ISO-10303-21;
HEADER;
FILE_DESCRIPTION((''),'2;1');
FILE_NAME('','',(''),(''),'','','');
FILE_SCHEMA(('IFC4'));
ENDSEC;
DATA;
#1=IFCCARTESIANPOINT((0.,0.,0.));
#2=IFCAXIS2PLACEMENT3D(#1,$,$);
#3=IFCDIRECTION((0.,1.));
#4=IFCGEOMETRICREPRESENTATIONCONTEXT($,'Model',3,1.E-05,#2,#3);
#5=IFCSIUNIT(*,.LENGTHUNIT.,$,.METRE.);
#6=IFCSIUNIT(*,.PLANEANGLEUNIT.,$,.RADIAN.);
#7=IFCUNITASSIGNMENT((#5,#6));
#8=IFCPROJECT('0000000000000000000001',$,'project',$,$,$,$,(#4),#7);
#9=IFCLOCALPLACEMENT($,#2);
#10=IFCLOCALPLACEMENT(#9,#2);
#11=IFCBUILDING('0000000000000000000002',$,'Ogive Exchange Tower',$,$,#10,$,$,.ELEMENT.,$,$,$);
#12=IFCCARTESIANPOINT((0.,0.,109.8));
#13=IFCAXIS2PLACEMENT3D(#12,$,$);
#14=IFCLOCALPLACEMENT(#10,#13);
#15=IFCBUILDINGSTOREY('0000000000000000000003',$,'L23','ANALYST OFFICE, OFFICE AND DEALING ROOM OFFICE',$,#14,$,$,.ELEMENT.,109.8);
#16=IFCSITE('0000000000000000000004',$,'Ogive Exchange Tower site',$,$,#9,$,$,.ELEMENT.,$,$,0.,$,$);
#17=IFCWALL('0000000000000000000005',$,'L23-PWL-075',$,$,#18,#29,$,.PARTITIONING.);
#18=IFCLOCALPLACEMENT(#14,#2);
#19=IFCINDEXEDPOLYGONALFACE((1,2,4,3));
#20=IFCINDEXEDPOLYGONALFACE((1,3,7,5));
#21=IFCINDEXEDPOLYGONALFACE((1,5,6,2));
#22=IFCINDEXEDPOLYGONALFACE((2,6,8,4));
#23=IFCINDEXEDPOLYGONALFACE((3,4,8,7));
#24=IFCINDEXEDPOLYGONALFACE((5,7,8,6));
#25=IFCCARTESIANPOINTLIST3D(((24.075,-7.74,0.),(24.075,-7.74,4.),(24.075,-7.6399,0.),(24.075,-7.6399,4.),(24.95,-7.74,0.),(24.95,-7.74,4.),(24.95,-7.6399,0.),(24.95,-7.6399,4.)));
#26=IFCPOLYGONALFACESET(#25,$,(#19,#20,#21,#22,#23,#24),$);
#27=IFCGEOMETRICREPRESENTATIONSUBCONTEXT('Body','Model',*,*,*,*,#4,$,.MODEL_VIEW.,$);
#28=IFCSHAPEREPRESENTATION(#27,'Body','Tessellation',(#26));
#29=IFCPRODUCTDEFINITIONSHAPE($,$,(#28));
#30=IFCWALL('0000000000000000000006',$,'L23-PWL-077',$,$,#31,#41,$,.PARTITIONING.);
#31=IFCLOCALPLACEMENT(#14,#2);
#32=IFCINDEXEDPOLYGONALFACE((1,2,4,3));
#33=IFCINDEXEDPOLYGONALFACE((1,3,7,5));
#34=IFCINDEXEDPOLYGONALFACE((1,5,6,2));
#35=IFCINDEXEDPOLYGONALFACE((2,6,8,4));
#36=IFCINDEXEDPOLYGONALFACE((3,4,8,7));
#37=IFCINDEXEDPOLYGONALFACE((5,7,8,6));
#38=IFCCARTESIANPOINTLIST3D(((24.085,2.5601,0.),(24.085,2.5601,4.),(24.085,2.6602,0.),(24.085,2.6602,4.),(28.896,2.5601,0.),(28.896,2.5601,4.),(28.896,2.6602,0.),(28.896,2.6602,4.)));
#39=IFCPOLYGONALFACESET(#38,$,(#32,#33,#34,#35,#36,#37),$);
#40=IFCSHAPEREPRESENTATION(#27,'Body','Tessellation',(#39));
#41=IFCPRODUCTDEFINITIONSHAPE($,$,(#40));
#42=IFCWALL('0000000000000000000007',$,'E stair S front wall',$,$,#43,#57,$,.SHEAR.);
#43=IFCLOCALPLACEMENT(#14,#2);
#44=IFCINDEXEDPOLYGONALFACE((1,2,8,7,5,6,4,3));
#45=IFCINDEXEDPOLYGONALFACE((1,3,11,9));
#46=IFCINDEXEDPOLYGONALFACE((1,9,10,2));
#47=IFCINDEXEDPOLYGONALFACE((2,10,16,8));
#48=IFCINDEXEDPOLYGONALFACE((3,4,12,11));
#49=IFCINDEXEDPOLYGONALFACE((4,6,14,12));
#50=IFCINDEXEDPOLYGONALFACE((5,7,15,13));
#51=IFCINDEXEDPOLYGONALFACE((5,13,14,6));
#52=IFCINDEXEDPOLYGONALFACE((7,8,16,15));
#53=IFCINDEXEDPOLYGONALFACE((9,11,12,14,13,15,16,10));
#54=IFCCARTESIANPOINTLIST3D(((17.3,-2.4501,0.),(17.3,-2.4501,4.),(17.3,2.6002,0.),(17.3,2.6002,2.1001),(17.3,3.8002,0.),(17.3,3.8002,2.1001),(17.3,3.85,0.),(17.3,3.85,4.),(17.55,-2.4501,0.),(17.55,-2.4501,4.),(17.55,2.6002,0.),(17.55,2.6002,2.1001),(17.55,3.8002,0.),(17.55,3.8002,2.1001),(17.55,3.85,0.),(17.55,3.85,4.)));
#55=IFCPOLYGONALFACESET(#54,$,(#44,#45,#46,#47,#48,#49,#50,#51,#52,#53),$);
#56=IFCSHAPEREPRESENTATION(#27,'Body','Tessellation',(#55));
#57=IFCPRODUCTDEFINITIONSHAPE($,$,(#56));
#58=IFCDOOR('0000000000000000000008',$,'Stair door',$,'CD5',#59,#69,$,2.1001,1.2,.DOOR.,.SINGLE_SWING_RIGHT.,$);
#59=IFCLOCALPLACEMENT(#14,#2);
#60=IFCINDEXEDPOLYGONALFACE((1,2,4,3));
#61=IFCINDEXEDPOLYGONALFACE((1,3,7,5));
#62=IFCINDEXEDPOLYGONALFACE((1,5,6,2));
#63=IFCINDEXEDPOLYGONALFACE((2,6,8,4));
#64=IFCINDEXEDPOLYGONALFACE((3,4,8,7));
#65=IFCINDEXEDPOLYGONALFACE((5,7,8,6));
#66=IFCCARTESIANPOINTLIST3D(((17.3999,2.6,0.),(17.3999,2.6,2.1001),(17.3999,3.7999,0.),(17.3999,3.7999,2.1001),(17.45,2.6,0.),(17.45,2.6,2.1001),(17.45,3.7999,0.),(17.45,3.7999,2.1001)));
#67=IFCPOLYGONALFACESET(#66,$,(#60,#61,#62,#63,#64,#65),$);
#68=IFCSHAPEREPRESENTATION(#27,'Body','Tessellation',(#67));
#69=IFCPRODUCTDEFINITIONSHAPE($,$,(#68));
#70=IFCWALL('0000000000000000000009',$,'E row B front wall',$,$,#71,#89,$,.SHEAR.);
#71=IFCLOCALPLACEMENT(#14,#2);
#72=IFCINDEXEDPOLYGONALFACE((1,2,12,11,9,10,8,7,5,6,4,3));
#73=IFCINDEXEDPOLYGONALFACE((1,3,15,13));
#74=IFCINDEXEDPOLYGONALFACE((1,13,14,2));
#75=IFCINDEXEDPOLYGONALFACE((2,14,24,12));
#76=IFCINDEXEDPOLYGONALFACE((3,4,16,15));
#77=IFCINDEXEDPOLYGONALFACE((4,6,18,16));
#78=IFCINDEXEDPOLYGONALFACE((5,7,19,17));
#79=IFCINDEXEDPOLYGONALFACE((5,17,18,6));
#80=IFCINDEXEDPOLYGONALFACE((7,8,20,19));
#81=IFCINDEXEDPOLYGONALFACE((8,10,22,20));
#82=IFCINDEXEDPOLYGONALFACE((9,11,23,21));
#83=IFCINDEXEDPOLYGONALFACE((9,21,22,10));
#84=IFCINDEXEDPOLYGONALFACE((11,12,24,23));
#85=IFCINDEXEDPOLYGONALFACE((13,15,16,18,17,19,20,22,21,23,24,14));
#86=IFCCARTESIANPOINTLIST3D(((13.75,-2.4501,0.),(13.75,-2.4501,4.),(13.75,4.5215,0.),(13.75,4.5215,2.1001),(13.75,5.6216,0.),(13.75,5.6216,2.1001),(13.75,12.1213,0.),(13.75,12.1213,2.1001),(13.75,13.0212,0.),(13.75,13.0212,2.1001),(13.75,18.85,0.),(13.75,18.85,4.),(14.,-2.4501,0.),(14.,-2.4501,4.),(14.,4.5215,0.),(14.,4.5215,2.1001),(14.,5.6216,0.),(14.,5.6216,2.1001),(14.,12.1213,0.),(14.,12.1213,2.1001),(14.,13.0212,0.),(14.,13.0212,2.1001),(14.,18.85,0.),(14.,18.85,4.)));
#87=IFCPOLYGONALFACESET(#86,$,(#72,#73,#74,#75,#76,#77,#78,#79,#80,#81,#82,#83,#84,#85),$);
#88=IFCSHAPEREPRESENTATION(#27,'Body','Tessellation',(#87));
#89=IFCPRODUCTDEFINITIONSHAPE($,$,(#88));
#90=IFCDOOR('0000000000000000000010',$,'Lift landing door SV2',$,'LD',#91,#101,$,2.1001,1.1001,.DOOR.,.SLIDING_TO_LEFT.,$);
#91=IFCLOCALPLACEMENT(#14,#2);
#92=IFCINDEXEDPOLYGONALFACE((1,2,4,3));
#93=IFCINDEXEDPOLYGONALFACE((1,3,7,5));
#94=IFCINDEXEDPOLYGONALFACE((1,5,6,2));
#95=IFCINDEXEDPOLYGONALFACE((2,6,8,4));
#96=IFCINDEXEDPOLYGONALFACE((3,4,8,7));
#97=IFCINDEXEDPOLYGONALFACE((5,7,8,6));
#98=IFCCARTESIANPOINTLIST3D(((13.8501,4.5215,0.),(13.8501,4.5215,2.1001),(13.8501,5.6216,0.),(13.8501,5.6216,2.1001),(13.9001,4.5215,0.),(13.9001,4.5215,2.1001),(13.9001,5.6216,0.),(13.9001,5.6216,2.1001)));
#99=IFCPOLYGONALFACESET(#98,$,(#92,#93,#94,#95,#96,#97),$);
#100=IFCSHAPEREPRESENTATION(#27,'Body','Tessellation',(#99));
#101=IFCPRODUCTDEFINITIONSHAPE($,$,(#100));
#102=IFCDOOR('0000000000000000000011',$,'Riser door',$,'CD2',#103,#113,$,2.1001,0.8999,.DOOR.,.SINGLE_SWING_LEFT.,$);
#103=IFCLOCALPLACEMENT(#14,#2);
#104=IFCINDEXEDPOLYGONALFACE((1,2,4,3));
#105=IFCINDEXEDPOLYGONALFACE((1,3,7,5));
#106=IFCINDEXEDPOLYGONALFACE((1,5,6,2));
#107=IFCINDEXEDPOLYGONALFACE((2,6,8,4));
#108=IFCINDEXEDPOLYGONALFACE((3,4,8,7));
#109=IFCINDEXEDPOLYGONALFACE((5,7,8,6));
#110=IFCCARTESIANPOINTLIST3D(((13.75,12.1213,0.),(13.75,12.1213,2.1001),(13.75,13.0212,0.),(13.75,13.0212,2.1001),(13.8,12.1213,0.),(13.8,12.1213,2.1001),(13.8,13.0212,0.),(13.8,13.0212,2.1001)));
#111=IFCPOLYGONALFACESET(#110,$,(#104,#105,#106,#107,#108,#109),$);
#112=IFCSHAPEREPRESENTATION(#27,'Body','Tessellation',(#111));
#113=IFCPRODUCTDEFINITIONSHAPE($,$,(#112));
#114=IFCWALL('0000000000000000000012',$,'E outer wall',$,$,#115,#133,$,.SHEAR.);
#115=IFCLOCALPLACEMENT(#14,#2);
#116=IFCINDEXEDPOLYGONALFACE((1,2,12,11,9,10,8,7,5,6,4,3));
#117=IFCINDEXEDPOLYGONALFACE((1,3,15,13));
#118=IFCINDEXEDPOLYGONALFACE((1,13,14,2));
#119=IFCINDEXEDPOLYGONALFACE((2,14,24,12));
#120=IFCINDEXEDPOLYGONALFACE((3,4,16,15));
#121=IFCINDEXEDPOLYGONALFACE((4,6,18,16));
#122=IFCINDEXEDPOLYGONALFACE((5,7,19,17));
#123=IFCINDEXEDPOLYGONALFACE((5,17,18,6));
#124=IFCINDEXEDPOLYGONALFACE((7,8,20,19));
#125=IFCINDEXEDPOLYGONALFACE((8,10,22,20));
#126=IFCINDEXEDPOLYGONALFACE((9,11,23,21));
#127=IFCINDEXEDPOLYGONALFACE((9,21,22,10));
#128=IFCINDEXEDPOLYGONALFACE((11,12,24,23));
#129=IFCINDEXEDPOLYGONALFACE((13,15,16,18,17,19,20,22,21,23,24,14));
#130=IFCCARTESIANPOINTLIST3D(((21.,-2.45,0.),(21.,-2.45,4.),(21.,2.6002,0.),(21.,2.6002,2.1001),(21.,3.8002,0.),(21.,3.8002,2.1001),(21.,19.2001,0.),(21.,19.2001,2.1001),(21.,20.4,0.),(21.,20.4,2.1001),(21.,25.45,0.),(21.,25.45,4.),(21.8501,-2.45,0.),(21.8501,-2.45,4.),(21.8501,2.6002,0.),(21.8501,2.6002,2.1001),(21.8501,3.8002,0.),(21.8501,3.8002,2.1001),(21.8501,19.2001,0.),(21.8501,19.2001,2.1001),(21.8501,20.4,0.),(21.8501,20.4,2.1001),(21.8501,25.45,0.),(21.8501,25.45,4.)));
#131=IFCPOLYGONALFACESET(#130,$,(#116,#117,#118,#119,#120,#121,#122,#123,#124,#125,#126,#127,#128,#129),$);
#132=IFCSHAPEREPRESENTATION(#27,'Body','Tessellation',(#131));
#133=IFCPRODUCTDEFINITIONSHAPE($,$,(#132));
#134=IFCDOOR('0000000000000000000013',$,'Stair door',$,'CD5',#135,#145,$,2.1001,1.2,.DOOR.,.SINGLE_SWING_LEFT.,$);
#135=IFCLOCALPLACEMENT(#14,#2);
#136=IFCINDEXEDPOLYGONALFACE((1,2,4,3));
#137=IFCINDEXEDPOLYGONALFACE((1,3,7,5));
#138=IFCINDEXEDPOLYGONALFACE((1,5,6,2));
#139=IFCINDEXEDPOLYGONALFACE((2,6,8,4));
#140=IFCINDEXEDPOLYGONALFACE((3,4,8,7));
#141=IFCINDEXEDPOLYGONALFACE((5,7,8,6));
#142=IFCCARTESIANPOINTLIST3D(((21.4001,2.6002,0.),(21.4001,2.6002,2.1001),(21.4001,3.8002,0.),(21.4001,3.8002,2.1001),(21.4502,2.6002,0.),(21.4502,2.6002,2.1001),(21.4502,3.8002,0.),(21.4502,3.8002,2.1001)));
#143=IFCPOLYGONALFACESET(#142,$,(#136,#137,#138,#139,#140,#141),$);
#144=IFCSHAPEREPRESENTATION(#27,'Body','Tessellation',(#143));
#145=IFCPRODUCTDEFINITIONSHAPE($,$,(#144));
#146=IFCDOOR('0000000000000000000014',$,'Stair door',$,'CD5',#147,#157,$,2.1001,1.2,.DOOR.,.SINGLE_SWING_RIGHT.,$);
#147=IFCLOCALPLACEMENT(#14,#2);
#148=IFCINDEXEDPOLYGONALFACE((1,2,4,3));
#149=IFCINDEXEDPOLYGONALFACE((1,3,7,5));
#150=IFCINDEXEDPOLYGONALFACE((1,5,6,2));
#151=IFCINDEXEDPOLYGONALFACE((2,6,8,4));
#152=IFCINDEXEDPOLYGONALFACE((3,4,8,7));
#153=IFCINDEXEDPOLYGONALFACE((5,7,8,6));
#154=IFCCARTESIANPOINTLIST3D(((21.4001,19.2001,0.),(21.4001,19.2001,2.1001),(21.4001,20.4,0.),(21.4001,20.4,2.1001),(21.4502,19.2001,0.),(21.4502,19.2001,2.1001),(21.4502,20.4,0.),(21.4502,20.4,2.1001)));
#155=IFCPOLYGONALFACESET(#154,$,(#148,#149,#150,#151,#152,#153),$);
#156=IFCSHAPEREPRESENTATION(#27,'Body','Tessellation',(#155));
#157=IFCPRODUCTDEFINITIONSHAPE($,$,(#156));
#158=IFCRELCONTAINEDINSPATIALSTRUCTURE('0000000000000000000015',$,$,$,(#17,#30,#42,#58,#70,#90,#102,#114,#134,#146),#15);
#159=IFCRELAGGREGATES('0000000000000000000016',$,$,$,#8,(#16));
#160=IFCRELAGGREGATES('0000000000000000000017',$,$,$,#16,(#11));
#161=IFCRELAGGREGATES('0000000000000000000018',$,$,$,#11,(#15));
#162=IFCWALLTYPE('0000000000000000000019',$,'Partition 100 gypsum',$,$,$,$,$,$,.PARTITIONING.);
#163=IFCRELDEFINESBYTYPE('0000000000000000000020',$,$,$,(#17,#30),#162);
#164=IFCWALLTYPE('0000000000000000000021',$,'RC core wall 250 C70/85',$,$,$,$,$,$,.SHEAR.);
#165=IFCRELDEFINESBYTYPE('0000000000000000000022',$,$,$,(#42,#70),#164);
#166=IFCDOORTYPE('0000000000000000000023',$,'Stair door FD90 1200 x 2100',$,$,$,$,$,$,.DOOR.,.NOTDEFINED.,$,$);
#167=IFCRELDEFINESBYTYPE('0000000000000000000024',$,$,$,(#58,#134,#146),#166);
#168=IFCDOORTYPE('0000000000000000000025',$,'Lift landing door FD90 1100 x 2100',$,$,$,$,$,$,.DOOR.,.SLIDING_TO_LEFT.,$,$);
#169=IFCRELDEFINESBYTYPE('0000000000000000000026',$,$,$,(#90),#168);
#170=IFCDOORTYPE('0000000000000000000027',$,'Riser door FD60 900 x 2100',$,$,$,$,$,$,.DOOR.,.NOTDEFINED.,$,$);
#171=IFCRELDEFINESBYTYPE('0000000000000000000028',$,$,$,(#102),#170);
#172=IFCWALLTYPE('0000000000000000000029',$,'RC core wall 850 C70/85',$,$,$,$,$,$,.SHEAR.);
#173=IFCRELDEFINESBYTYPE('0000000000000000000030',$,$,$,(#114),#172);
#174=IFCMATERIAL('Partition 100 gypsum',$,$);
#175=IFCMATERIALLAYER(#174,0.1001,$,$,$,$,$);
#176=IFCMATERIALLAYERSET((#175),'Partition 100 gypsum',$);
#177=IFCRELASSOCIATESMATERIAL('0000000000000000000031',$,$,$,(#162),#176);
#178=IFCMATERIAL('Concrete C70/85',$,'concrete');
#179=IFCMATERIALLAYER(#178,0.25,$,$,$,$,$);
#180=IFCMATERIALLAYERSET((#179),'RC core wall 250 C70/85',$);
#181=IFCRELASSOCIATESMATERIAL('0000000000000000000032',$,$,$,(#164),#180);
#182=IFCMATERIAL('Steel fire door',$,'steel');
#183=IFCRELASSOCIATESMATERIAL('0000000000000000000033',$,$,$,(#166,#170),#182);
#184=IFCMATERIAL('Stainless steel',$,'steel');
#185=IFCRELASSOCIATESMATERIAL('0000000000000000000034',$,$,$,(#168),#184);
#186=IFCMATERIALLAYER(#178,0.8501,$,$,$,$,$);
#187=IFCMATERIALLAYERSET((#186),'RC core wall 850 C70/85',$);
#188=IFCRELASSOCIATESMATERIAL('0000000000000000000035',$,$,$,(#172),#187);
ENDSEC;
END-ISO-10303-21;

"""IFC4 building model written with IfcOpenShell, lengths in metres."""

from ifc_helpers import new_model, si_unit, direction, frame, frame_2d, origin, place, context, subcontext, project, spatial, rectangle, extrude, material, layer, layer_set, type_object, element, fill, save


model = new_model("IFC4")

# Units and contexts
model_context = context("Model", 3, precision=1e-05, world=origin(), true_north=direction((0.0, 1.0)))
body_context = subcontext(model_context, "Body", "Model", "MODEL_VIEW")
ifc_project = project(units=[si_unit("LENGTHUNIT", "METRE"), si_unit("PLANEANGLEUNIT", "RADIAN")], contexts=[model_context])

# Site, building, storey
site_placement = place(None, origin())
site = spatial("IfcSite", under=ifc_project, at=site_placement, Name="Ogive Exchange Tower site", CompositionType="ELEMENT", RefElevation=0.0)
building_placement = place(site_placement, origin())
building = spatial("IfcBuilding", under=site, at=building_placement, Name="Ogive Exchange Tower", CompositionType="ELEMENT")
storey_placement = place(building_placement, frame((0.0, 0.0, 109.8)))
storey = spatial("IfcBuildingStorey", under=building, at=storey_placement, Name="L23", Description="ANALYST OFFICE, OFFICE AND DEALING ROOM OFFICE", CompositionType="ELEMENT", Elevation=109.8)

# Walls
ifc_material_1 = material(Name="Partition 100 gypsum")
ifc_layer_1 = layer(ifc_material_1, 0.1001)
ifc_layer_set_1 = layer_set([ifc_layer_1], Name="Partition 100 gypsum")
wall_type_1 = type_object("IfcWallType", Name="Partition 100 gypsum", PredefinedType="PARTITIONING", material=ifc_layer_set_1)
wall_1_placement = place(storey_placement, frame((24.95, -7.6899, 0.0), z_axis=(0.0, 0.0, 1.0), x_axis=(-1.0, 0.0, 0.0)))
element("IfcWall", 1, at=wall_1_placement, inside=storey, type_object=wall_type_1, Name="L23-PWL-075", PredefinedType="PARTITIONING", context=body_context, shape_type="SweptSolid", body=[
    extrude(rectangle(XDim=0.875, YDim=0.1001, at=frame_2d((0.4375, 0.0))), origin(), (0.0, 0.0, 1.0), 4.0),
])
wall_2_placement = place(storey_placement, frame((28.896, 2.6101, 0.0), z_axis=(0.0, 0.0, 1.0), x_axis=(-1.0, 0.0, 0.0)))
element("IfcWall", 2, at=wall_2_placement, inside=storey, type_object=wall_type_1, Name="L23-PWL-077", PredefinedType="PARTITIONING", context=body_context, shape_type="SweptSolid", body=[
    extrude(rectangle(XDim=4.811, YDim=0.1001, at=frame_2d((2.4055, 0.0))), origin(), (0.0, 0.0, 1.0), 4.0),
])

# Wall, opening, door
ifc_material_2 = material(Name="Concrete C70/85", Category="concrete")
ifc_layer_2 = layer(ifc_material_2, 0.25)
ifc_layer_set_2 = layer_set([ifc_layer_2], Name="RC core wall 250 C70/85")
wall_type_2 = type_object("IfcWallType", Name="RC core wall 250 C70/85", PredefinedType="SHEAR", material=ifc_layer_set_2)
wall_3_placement = place(storey_placement, frame((17.425, -2.45, 0.0), z_axis=(0.0, 0.0, 1.0), x_axis=(0.0, 1.0, 0.0)))
wall_3 = element("IfcWall", 3, at=wall_3_placement, inside=storey, type_object=wall_type_2, Name="E stair S front wall", PredefinedType="SHEAR", context=body_context, shape_type="SweptSolid", body=[
    extrude(rectangle(XDim=6.3, YDim=0.25, at=frame_2d((3.1499, 0.0))), origin(), (0.0, 0.0, 1.0), 4.0),
])
opening_1_placement = place(wall_3_placement, frame((5.05, 0.0, 0.0)))
opening_1 = element("IfcOpeningElement", 4, at=opening_1_placement, cuts=wall_3, PredefinedType="OPENING", context=body_context, shape_type="SweptSolid", body=[
    extrude(rectangle(XDim=1.2, YDim=2.1001, at=frame_2d((0.6001, 1.05))), frame((0.0, 0.135, 0.0), z_axis=(0.0, -1.0, 0.0), x_axis=(1.0, 0.0, 0.0)), (0.0, 0.0, 1.0), 0.27),
])
ifc_material_3 = material(Name="Steel fire door", Category="steel")
door_type_1 = type_object("IfcDoorType", Name="Stair door FD90 1200 x 2100", OperationType="NOTDEFINED", PredefinedType="DOOR", material=ifc_material_3)
door_1_placement = place(opening_1_placement, frame((1.2, 0.0, 0.0), z_axis=(0.0, 0.0, 1.0), x_axis=(-1.0, 0.0, 0.0)))
door_1 = element("IfcDoor", 5, at=door_1_placement, inside=storey, type_object=door_type_1, Name="Stair door", ObjectType="CD5", OperationType="SINGLE_SWING_RIGHT", OverallHeight=2.1001, OverallWidth=1.2, PredefinedType="DOOR", context=body_context, shape_type="SweptSolid", body=[
    extrude(rectangle(XDim=1.2, YDim=2.1001, at=frame_2d((0.6001, 1.05))), frame((0.0, 0.0249, 0.0), z_axis=(0.0, -1.0, 0.0), x_axis=(1.0, 0.0, 0.0)), (0.0, 0.0, 1.0), 0.05),
])
fill(opening_1, door_1)

# Walls, openings, doors
wall_4_placement = place(storey_placement, frame((13.875, -2.45, 0.0), z_axis=(0.0, 0.0, 1.0), x_axis=(0.0, 1.0, 0.0)))
wall_4 = element("IfcWall", 6, at=wall_4_placement, inside=storey, type_object=wall_type_2, Name="E row B front wall", PredefinedType="SHEAR", context=body_context, shape_type="SweptSolid", body=[
    extrude(rectangle(XDim=21.3, YDim=0.25, at=frame_2d((10.6499, 0.0))), origin(), (0.0, 0.0, 1.0), 4.0),
])
opening_2_placement = place(wall_4_placement, frame((14.5713, 0.0, 0.0)))
opening_2 = element("IfcOpeningElement", 7, at=opening_2_placement, cuts=wall_4, PredefinedType="OPENING", context=body_context, shape_type="SweptSolid", body=[
    extrude(rectangle(XDim=0.8999, YDim=2.1001, at=frame_2d((0.45, 1.05))), frame((0.0, 0.135, 0.0), z_axis=(0.0, -1.0, 0.0), x_axis=(1.0, 0.0, 0.0)), (0.0, 0.0, 1.0), 0.27),
])
opening_3_placement = place(wall_4_placement, frame((6.9714, 0.0, 0.0)))
opening_3 = element("IfcOpeningElement", 8, at=opening_3_placement, cuts=wall_4, PredefinedType="OPENING", context=body_context, shape_type="SweptSolid", body=[
    extrude(rectangle(XDim=1.1001, YDim=2.1001, at=frame_2d((0.55, 1.05))), frame((0.0, 0.135, 0.0), z_axis=(0.0, -1.0, 0.0), x_axis=(1.0, 0.0, 0.0)), (0.0, 0.0, 1.0), 0.27),
])
ifc_material_4 = material(Name="Stainless steel", Category="steel")
door_type_2 = type_object("IfcDoorType", Name="Lift landing door FD90 1100 x 2100", OperationType="SLIDING_TO_LEFT", PredefinedType="DOOR", material=ifc_material_4)
door_2_placement = place(opening_3_placement, origin())
door_2 = element("IfcDoor", 9, at=door_2_placement, inside=storey, type_object=door_type_2, Name="Lift landing door SV2", ObjectType="LD", OperationType="SLIDING_TO_LEFT", OverallHeight=2.1001, OverallWidth=1.1001, PredefinedType="DOOR", context=body_context, shape_type="SweptSolid", body=[
    extrude(rectangle(XDim=1.1001, YDim=2.1001, at=frame_2d((0.55, 1.05))), frame((0.0, 0.0249, 0.0), z_axis=(0.0, -1.0, 0.0), x_axis=(1.0, 0.0, 0.0)), (0.0, 0.0, 1.0), 0.05),
])
fill(opening_3, door_2)
door_type_3 = type_object("IfcDoorType", Name="Riser door FD60 900 x 2100", OperationType="NOTDEFINED", PredefinedType="DOOR", material=ifc_material_3)
door_3_placement = place(opening_2_placement, origin())
door_3 = element("IfcDoor", 10, at=door_3_placement, inside=storey, type_object=door_type_3, Name="Riser door", ObjectType="CD2", OperationType="SINGLE_SWING_LEFT", OverallHeight=2.1001, OverallWidth=0.8999, PredefinedType="DOOR", context=body_context, shape_type="SweptSolid", body=[
    extrude(rectangle(XDim=0.8999, YDim=2.1001, at=frame_2d((0.45, 1.05))), frame((0.0, 0.125, 0.0), z_axis=(0.0, -1.0, 0.0), x_axis=(1.0, 0.0, 0.0)), (0.0, 0.0, 1.0), 0.05),
])
fill(opening_2, door_3)
ifc_layer_3 = layer(ifc_material_2, 0.8501)
ifc_layer_set_3 = layer_set([ifc_layer_3], Name="RC core wall 850 C70/85")
wall_type_3 = type_object("IfcWallType", Name="RC core wall 850 C70/85", PredefinedType="SHEAR", material=ifc_layer_set_3)
wall_5_placement = place(storey_placement, frame((21.425, -2.45, 0.0), z_axis=(0.0, 0.0, 1.0), x_axis=(0.0, 1.0, 0.0)))
wall_5 = element("IfcWall", 11, at=wall_5_placement, inside=storey, type_object=wall_type_3, Name="E outer wall", PredefinedType="SHEAR", context=body_context, shape_type="SweptSolid", body=[
    extrude(rectangle(XDim=27.8999, YDim=0.8501, at=frame_2d((13.95, 0.0))), origin(), (0.0, 0.0, 1.0), 4.0),
])
opening_4_placement = place(wall_5_placement, frame((5.05, 0.0, 0.0)))
opening_4 = element("IfcOpeningElement", 12, at=opening_4_placement, cuts=wall_5, PredefinedType="OPENING", context=body_context, shape_type="SweptSolid", body=[
    extrude(rectangle(XDim=1.2, YDim=2.1001, at=frame_2d((0.6001, 1.05))), frame((0.0, 0.4351, 0.0), z_axis=(0.0, -1.0, 0.0), x_axis=(1.0, 0.0, 0.0)), (0.0, 0.0, 1.0), 0.8701),
])
opening_5_placement = place(wall_5_placement, frame((21.6499, 0.0, 0.0)))
opening_5 = element("IfcOpeningElement", 13, at=opening_5_placement, cuts=wall_5, PredefinedType="OPENING", context=body_context, shape_type="SweptSolid", body=[
    extrude(rectangle(XDim=1.2, YDim=2.1001, at=frame_2d((0.6001, 1.05))), frame((0.0, 0.4351, 0.0), z_axis=(0.0, -1.0, 0.0), x_axis=(1.0, 0.0, 0.0)), (0.0, 0.0, 1.0), 0.8701),
])
door_4_placement = place(opening_4_placement, origin())
door_4 = element("IfcDoor", 14, at=door_4_placement, inside=storey, type_object=door_type_1, Name="Stair door", ObjectType="CD5", OperationType="SINGLE_SWING_LEFT", OverallHeight=2.1001, OverallWidth=1.2, PredefinedType="DOOR", context=body_context, shape_type="SweptSolid", body=[
    extrude(rectangle(XDim=1.2, YDim=2.1001, at=frame_2d((0.6001, 1.05))), frame((0.0, 0.0249, 0.0), z_axis=(0.0, -1.0, 0.0), x_axis=(1.0, 0.0, 0.0)), (0.0, 0.0, 1.0), 0.05),
])
fill(opening_4, door_4)
door_5_placement = place(opening_5_placement, origin())
door_5 = element("IfcDoor", 15, at=door_5_placement, inside=storey, type_object=door_type_1, Name="Stair door", ObjectType="CD5", OperationType="SINGLE_SWING_RIGHT", OverallHeight=2.1001, OverallWidth=1.2, PredefinedType="DOOR", context=body_context, shape_type="SweptSolid", body=[
    extrude(rectangle(XDim=1.2, YDim=2.1001, at=frame_2d((0.6001, 1.05))), frame((0.0, 0.0249, 0.0), z_axis=(0.0, -1.0, 0.0), x_axis=(1.0, 0.0, 0.0)), (0.0, 0.0, 1.0), 0.05),
])
fill(opening_5, door_5)

save(model, "model.ifc")
